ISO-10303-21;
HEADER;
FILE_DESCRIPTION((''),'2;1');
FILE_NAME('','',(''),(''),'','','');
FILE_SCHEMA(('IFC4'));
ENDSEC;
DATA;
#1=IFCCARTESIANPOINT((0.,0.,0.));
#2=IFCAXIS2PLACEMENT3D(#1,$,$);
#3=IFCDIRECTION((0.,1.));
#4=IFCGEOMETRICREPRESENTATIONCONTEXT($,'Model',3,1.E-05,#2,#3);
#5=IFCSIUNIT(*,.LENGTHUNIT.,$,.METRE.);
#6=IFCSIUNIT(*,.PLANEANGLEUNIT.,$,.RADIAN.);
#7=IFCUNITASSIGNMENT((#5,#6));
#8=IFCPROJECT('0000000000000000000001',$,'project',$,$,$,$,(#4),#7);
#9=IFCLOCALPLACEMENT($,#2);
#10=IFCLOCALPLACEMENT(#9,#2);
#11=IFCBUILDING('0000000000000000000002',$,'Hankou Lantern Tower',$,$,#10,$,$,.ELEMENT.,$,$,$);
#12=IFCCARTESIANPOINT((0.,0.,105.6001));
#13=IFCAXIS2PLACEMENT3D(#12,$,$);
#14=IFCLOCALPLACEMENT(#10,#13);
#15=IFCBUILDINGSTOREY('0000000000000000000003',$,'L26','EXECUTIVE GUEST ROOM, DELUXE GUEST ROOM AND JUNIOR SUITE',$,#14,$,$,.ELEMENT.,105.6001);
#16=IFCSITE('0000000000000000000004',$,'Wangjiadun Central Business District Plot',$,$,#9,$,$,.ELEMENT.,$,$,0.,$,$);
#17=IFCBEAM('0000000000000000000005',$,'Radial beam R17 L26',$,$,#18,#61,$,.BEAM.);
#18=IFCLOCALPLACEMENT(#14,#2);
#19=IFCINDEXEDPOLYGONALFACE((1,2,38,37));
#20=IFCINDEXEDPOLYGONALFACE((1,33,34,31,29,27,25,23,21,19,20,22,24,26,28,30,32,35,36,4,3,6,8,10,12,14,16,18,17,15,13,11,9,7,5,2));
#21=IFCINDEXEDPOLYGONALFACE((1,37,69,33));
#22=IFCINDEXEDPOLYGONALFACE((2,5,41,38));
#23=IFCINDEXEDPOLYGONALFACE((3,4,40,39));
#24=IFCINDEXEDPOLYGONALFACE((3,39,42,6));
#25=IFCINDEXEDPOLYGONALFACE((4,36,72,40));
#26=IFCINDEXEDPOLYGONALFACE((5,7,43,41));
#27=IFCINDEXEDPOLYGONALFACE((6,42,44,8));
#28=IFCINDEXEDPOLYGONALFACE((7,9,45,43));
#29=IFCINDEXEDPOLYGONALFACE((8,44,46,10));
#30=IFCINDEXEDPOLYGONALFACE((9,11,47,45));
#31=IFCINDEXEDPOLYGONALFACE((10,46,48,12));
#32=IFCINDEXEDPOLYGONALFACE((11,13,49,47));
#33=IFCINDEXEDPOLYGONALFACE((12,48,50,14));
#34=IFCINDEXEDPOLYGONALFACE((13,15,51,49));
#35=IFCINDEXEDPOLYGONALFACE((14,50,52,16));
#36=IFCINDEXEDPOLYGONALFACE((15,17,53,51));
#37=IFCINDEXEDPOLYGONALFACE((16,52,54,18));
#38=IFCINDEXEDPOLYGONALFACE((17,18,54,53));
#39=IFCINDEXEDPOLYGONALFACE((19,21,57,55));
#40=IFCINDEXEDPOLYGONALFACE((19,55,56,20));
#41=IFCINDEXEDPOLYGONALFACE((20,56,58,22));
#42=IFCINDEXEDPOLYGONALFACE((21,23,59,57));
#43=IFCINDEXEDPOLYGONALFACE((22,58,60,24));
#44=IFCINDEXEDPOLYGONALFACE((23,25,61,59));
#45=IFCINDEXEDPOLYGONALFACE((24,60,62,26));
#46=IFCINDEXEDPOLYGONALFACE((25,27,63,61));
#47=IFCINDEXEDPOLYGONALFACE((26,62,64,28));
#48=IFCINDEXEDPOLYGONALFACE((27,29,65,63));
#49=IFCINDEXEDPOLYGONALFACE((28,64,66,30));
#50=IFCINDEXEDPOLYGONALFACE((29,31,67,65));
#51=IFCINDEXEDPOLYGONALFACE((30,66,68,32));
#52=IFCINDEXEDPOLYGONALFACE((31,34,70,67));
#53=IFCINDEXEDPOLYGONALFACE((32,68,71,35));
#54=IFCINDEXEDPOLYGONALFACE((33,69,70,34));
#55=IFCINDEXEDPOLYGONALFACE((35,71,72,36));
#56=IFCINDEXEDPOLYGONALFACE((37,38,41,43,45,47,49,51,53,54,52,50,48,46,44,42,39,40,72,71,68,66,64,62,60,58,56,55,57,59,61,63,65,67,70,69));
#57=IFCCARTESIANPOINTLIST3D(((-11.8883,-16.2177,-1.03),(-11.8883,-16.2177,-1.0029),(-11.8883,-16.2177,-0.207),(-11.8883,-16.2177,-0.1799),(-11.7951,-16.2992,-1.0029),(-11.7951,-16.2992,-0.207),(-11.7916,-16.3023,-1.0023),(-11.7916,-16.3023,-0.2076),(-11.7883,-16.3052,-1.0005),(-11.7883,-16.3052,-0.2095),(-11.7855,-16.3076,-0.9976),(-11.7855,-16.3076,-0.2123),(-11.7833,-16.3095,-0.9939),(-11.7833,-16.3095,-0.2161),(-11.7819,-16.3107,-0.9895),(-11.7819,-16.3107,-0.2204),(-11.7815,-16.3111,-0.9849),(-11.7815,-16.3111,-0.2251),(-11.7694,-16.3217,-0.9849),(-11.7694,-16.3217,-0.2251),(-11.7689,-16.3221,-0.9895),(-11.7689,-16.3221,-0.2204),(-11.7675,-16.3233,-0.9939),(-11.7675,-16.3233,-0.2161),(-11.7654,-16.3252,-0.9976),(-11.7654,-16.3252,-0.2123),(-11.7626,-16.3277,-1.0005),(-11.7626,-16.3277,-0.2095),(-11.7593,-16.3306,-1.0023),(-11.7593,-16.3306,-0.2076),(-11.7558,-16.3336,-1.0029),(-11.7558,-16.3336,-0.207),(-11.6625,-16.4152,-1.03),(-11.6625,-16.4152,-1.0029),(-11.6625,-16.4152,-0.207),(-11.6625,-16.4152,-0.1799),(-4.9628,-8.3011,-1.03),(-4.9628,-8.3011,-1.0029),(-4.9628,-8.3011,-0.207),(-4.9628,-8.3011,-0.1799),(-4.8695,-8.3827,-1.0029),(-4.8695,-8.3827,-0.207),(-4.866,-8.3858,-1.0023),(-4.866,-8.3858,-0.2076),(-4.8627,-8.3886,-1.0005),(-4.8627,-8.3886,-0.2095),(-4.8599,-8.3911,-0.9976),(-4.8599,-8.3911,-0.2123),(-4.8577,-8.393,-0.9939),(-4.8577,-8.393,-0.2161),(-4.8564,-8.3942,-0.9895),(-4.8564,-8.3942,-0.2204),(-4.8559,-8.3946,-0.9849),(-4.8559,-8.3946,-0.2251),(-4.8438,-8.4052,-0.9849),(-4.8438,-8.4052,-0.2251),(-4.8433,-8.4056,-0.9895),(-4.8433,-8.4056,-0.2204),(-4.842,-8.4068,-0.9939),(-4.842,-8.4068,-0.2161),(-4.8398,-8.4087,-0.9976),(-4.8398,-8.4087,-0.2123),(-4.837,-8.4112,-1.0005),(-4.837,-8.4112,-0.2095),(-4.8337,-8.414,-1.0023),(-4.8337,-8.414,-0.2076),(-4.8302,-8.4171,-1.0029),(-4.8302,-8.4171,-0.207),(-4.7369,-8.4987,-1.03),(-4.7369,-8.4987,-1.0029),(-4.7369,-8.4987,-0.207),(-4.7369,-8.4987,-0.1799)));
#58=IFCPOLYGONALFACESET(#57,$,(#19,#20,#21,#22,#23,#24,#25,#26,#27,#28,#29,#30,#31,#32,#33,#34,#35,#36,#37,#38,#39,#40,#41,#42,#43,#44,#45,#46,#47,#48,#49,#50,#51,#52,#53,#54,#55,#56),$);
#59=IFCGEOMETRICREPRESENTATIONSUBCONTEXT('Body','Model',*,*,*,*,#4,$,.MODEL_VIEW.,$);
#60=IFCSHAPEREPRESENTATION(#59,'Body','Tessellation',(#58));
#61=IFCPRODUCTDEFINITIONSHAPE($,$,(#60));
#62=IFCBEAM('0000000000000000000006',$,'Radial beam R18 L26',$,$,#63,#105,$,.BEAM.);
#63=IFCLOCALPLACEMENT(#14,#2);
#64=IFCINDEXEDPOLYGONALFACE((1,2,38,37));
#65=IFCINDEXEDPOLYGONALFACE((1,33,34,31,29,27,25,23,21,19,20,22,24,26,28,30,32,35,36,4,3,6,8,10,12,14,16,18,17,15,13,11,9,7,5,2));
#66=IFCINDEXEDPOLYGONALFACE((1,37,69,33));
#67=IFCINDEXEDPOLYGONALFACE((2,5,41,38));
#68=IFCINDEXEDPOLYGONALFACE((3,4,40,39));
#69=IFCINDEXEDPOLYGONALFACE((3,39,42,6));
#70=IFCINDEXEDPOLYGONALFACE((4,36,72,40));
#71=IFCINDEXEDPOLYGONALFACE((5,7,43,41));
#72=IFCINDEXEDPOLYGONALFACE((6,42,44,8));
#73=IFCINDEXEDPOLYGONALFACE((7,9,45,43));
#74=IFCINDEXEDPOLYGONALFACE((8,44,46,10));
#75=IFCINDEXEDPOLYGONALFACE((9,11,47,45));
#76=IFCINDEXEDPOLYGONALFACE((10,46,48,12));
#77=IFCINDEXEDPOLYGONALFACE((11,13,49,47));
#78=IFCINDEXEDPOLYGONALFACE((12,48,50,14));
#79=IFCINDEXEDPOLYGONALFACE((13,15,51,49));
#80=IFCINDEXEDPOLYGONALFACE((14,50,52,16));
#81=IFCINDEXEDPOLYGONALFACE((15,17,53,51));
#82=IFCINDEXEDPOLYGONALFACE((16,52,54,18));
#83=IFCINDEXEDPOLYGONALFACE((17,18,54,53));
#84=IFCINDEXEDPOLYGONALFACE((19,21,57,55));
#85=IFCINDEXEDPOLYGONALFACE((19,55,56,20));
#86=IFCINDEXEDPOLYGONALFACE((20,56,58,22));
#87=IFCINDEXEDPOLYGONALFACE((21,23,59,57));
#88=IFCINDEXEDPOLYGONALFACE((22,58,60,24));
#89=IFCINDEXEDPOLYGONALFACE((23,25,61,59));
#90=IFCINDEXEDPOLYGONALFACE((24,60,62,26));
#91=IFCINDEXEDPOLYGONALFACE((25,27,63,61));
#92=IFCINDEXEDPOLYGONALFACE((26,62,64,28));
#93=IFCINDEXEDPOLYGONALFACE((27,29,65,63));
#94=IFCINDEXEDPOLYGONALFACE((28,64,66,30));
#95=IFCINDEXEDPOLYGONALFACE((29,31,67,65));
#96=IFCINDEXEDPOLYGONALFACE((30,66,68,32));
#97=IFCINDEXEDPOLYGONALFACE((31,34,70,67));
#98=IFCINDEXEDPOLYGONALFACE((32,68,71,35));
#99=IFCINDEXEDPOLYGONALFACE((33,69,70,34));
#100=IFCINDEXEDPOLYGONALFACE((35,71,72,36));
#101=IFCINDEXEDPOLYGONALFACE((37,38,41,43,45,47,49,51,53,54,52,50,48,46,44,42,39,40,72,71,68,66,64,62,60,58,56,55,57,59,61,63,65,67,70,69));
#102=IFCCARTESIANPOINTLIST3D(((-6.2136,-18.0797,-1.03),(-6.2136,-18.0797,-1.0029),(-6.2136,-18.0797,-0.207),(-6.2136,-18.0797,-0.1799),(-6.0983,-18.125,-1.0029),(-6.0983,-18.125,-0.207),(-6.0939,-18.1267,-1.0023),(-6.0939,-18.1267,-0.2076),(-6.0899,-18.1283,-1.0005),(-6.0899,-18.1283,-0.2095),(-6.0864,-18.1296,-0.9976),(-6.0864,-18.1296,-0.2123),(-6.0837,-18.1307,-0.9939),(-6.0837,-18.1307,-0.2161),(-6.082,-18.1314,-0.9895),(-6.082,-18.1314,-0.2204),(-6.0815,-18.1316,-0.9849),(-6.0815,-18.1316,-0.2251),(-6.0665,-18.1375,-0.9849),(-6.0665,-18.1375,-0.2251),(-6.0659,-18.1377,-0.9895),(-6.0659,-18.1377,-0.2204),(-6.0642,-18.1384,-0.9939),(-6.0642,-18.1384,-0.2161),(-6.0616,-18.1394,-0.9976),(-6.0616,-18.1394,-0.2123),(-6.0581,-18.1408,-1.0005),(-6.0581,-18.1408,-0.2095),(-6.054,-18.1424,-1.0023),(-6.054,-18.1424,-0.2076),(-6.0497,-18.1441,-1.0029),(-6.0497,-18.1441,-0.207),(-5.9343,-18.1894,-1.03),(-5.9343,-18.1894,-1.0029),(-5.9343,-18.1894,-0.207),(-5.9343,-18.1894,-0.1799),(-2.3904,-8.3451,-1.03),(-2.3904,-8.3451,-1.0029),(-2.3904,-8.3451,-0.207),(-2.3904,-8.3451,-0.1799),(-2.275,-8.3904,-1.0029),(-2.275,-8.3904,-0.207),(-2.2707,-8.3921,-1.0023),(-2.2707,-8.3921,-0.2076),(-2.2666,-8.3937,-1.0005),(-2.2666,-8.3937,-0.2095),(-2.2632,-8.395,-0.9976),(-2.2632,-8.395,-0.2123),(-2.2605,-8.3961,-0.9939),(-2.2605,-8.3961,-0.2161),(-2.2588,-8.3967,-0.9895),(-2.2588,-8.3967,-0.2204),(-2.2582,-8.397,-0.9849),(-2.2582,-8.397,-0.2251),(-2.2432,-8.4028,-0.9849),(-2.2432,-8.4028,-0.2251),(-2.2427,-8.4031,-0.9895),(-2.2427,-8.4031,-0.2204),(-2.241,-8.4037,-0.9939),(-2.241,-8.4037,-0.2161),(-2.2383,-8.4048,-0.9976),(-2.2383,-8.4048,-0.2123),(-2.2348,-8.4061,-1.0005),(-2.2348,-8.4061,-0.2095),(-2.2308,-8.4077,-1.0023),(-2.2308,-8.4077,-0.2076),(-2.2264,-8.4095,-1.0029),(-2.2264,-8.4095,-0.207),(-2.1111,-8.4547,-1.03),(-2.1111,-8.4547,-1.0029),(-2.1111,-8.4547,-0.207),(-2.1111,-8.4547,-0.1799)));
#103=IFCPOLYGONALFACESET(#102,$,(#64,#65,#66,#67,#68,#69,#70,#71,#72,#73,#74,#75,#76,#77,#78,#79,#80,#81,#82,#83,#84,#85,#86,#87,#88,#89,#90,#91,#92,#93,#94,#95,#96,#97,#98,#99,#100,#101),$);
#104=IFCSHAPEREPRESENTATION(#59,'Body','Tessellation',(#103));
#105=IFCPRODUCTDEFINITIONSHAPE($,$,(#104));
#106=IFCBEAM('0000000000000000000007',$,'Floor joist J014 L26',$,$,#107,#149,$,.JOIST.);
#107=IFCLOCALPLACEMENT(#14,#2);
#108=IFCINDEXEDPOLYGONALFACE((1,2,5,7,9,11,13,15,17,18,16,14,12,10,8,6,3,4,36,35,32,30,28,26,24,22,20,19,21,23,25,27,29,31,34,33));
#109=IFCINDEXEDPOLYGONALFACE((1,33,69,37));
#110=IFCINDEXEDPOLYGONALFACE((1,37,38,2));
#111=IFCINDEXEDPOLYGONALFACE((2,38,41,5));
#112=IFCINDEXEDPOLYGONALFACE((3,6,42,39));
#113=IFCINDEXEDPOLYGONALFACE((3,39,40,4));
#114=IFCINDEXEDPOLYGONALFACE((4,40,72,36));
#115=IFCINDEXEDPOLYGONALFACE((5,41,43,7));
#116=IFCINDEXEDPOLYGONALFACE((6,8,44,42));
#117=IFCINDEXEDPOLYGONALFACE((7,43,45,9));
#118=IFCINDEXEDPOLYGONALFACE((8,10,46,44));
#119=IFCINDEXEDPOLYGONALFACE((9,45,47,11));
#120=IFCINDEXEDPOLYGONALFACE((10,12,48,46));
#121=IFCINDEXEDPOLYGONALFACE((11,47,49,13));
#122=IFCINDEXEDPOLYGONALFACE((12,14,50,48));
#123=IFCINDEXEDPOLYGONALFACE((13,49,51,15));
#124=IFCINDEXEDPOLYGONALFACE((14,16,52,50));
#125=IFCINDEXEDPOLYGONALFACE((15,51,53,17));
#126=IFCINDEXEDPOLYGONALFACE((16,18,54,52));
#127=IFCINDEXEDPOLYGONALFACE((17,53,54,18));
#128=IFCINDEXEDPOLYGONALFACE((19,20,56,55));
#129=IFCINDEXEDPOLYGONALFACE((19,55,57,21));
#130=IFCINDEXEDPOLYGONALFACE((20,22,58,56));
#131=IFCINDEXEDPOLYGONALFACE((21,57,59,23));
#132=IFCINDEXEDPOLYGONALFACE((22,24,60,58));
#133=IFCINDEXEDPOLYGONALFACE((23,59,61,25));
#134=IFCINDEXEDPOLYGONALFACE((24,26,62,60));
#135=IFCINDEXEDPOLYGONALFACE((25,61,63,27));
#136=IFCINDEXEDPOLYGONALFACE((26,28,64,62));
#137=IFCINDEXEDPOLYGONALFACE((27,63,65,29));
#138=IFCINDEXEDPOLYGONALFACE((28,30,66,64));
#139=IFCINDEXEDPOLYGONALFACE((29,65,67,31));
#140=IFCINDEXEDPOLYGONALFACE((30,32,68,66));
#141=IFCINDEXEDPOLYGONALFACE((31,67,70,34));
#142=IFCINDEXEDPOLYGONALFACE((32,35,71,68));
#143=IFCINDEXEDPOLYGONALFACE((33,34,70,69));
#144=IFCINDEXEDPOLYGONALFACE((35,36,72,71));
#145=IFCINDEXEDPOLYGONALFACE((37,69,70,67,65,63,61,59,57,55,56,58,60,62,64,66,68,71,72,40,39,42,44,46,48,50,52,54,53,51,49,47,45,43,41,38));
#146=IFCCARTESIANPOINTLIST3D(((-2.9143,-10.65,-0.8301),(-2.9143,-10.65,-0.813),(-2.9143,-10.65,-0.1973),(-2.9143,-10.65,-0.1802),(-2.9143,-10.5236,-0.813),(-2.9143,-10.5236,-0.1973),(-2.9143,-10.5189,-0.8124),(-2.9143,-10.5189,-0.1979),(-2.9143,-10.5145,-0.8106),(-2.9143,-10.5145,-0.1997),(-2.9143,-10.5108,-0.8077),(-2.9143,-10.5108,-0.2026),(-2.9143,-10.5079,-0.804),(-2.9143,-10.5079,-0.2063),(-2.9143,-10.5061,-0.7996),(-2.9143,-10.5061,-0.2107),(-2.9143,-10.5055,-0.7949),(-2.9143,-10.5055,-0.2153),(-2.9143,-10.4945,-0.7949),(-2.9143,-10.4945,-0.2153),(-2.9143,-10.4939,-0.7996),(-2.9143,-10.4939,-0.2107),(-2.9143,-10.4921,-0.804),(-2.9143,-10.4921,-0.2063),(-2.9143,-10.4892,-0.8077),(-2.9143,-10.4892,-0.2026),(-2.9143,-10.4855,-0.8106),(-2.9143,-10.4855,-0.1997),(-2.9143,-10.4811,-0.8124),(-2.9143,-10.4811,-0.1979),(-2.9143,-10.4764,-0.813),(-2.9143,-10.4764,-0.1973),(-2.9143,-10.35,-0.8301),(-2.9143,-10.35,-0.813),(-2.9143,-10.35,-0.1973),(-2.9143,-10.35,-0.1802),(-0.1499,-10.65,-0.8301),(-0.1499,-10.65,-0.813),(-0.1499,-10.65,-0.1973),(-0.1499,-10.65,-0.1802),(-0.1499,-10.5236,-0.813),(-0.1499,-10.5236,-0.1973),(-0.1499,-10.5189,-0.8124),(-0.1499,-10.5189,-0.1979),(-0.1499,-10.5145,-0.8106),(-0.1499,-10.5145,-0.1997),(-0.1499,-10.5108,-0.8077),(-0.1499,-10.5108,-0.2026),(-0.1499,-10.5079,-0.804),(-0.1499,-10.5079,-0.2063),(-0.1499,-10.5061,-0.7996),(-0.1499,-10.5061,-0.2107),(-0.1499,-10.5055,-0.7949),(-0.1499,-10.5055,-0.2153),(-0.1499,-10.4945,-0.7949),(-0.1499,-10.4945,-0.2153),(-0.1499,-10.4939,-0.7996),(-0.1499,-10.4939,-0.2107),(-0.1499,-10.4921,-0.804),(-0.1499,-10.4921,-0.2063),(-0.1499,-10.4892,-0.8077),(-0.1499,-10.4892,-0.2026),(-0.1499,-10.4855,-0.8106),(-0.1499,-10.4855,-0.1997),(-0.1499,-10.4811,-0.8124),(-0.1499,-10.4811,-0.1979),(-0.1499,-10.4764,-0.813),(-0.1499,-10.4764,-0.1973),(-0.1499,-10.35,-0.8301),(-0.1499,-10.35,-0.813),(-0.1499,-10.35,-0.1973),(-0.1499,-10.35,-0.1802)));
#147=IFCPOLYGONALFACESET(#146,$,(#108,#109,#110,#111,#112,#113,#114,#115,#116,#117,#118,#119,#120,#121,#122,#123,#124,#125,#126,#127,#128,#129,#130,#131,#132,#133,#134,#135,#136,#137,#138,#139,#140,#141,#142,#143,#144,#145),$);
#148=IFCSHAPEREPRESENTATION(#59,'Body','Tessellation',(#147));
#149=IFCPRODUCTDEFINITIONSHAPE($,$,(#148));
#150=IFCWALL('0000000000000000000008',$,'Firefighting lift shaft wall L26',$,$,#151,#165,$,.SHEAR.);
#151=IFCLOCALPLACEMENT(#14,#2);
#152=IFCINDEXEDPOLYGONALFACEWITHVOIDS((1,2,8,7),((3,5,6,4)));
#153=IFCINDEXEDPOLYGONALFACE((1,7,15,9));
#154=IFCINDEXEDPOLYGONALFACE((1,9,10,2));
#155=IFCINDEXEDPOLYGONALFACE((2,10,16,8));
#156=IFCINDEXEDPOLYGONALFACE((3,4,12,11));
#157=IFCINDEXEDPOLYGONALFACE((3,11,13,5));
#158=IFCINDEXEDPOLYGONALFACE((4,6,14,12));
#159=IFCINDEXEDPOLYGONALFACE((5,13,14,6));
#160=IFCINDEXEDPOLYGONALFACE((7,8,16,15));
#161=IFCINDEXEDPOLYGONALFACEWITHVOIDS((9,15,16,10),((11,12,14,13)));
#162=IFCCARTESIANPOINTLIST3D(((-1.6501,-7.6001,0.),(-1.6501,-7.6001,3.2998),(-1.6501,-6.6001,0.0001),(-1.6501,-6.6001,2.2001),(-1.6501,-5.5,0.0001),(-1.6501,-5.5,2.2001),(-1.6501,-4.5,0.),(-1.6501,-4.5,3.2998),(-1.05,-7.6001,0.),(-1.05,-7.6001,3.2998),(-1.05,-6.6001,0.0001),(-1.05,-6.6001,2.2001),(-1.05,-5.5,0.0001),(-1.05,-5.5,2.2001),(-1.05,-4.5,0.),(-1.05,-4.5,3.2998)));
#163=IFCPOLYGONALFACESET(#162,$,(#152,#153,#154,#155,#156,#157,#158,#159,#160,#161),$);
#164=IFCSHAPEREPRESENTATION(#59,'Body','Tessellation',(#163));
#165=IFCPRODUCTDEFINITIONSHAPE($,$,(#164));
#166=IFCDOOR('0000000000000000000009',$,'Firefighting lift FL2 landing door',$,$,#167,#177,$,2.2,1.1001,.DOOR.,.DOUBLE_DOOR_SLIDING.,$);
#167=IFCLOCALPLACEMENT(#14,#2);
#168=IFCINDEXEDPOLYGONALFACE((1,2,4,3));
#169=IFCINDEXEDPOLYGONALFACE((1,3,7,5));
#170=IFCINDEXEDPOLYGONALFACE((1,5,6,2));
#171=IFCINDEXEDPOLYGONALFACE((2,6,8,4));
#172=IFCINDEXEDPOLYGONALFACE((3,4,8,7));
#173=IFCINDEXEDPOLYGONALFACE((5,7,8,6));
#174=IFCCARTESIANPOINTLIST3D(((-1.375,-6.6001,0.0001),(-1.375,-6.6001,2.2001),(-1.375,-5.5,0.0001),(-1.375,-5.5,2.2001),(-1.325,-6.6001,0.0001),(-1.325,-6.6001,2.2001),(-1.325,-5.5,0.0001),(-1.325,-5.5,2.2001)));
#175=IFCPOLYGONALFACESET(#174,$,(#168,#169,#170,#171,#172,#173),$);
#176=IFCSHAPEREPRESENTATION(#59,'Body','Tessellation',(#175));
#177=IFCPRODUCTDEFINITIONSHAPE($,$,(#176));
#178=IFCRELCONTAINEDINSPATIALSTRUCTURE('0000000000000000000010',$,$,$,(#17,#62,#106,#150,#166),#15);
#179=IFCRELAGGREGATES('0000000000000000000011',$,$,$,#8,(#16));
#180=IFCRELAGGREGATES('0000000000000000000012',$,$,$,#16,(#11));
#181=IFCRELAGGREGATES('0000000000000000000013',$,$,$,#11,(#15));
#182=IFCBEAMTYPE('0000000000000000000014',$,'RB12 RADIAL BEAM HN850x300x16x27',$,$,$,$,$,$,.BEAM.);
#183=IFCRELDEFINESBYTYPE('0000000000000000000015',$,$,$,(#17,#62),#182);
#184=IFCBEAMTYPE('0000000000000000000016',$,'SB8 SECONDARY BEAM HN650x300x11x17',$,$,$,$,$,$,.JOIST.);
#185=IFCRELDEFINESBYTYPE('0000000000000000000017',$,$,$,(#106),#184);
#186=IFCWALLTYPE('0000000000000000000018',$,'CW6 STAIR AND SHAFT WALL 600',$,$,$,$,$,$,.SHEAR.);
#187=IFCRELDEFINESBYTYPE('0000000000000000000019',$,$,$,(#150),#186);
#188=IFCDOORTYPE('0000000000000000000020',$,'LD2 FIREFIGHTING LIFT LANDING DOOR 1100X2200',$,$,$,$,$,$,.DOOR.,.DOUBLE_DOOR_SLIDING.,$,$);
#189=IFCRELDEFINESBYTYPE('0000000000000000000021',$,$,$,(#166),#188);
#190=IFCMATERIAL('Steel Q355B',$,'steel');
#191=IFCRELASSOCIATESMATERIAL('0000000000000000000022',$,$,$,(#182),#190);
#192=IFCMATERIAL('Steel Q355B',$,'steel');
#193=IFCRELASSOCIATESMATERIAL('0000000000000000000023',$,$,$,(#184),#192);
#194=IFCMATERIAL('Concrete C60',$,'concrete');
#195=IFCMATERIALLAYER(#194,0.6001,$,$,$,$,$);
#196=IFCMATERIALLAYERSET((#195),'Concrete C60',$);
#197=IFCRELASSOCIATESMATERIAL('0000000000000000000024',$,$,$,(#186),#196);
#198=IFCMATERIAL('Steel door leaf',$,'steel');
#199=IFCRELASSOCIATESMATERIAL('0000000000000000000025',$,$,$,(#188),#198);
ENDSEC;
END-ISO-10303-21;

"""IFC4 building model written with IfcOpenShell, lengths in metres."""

from ifc_helpers import new_model, si_unit, direction, frame, frame_2d, origin, origin_2d, place, context, subcontext, project, spatial, rectangle, i_section, extrude, material, layer, layer_set, material_profile, profile_set, type_object, element, fill, save


model = new_model("IFC4")

# Units and contexts
model_context = context("Model", 3, precision=1e-05, world=origin(), true_north=direction((0.0, 1.0)))
body_context = subcontext(model_context, "Body", "Model", "MODEL_VIEW")
ifc_project = project(units=[si_unit("LENGTHUNIT", "METRE"), si_unit("PLANEANGLEUNIT", "RADIAN")], contexts=[model_context])

# Site, building, storey
site_placement = place(None, origin())
site = spatial("IfcSite", under=ifc_project, at=site_placement, Name="Wangjiadun Central Business District Plot", CompositionType="ELEMENT", RefElevation=0.0)
building_placement = place(site_placement, origin())
building = spatial("IfcBuilding", under=site, at=building_placement, Name="Hankou Lantern Tower", CompositionType="ELEMENT")
storey_placement = place(building_placement, frame((0.0, 0.0, 105.6001)))
storey = spatial("IfcBuildingStorey", under=building, at=storey_placement, Name="L26", Description="EXECUTIVE GUEST ROOM, DELUXE GUEST ROOM AND JUNIOR SUITE", CompositionType="ELEMENT", Elevation=105.6001)

# Beams
ifc_material_1 = material(Name="Steel Q355B", Category="steel")
ifc_material_profile_1 = material_profile(ifc_material_1, i_section(OverallWidth=0.3, OverallDepth=0.8501, WebThickness=0.0161, FlangeThickness=0.0271, FilletRadius=0.0181, at=origin_2d()), Name="HN850x300x16x27")
ifc_profile_set_1 = profile_set([ifc_material_profile_1], Name="Steel Q355B")
beam_type_1 = type_object("IfcBeamType", Name="RB12 RADIAL BEAM HN850x300x16x27", PredefinedType="BEAM", material=ifc_profile_set_1)
beam_1_placement = place(storey_placement, frame((-4.8499, -8.3999, -0.605), z_axis=(-0.658429, -0.752643, 0.0), x_axis=(0.752643, -0.658429, 0.0)))
element("IfcBeam", 1, at=beam_1_placement, inside=storey, type_object=beam_type_1, Name="Radial beam R17 L26", PredefinedType="BEAM", context=body_context, shape_type="SweptSolid", body=[
    extrude(i_section(OverallWidth=0.3, OverallDepth=0.8501, WebThickness=0.0161, FlangeThickness=0.0271, FilletRadius=0.0181, at=origin_2d()), origin(), (0.0, 0.0, 1.0), 10.5183),
])
beam_2_placement = place(storey_placement, frame((-2.2507, -8.3999, -0.605), z_axis=(-0.365564, -0.930786, 0.0), x_axis=(0.930786, -0.365564, 0.0)))
element("IfcBeam", 2, at=beam_2_placement, inside=storey, type_object=beam_type_1, Name="Radial beam R18 L26", PredefinedType="BEAM", context=body_context, shape_type="SweptSolid", body=[
    extrude(i_section(OverallWidth=0.3, OverallDepth=0.8501, WebThickness=0.0161, FlangeThickness=0.0271, FilletRadius=0.0181, at=origin_2d()), origin(), (0.0, 0.0, 1.0), 10.4585),
])
ifc_material_2 = material(Name="Steel Q355B", Category="steel")
ifc_material_profile_2 = material_profile(ifc_material_2, i_section(OverallWidth=0.3, OverallDepth=0.6499, WebThickness=0.011, FlangeThickness=0.0171, FilletRadius=0.0181, at=origin_2d()), Name="HN650x300x11x17")
ifc_profile_set_2 = profile_set([ifc_material_profile_2], Name="Steel Q355B")
beam_type_2 = type_object("IfcBeamType", Name="SB8 SECONDARY BEAM HN650x300x11x17", PredefinedType="JOIST", material=ifc_profile_set_2)
beam_3_placement = place(storey_placement, frame((-2.9143, -10.5, -0.5051), z_axis=(1.0, 0.0, 0.0), x_axis=(0.0, 1.0, 0.0)))
element("IfcBeam", 3, at=beam_3_placement, inside=storey, type_object=beam_type_2, Name="Floor joist J014 L26", PredefinedType="JOIST", context=body_context, shape_type="SweptSolid", body=[
    extrude(i_section(OverallWidth=0.3, OverallDepth=0.6499, WebThickness=0.011, FlangeThickness=0.0171, FilletRadius=0.0181, at=origin_2d()), origin(), (0.0, 0.0, 1.0), 2.7644),
])

# Wall, opening, door
ifc_material_3 = material(Name="Concrete C60", Category="concrete")
ifc_layer_1 = layer(ifc_material_3, 0.6001)
ifc_layer_set_1 = layer_set([ifc_layer_1], Name="Concrete C60")
wall_type_1 = type_object("IfcWallType", Name="CW6 STAIR AND SHAFT WALL 600", PredefinedType="SHEAR", material=ifc_layer_set_1)
wall_1_placement = place(storey_placement, frame((-1.3501, -7.6001, 0.0), z_axis=(0.0, 0.0, 1.0), x_axis=(0.0, 1.0, 0.0)))
wall_1 = element("IfcWall", 4, at=wall_1_placement, inside=storey, type_object=wall_type_1, Name="Firefighting lift shaft wall L26", PredefinedType="SHEAR", context=body_context, shape_type="SweptSolid", body=[
    extrude(rectangle(XDim=3.1001, YDim=0.6001, at=frame_2d((1.55, 0.0))), origin(), (0.0, 0.0, 1.0), 3.2998),
])
opening_1_placement = place(wall_1_placement, frame((1.0, 0.0, 0.0)))
opening_1 = element("IfcOpeningElement", 5, at=opening_1_placement, cuts=wall_1, PredefinedType="OPENING", context=body_context, shape_type="SweptSolid", body=[
    extrude(rectangle(XDim=1.1001, YDim=2.2, at=frame_2d((0.55, 1.1001))), frame((0.0, 0.3101, 0.0), z_axis=(0.0, -1.0, 0.0), x_axis=(1.0, 0.0, 0.0)), (0.0, 0.0, 1.0), 0.6201),
])
ifc_material_4 = material(Name="Steel door leaf", Category="steel")
door_type_1 = type_object("IfcDoorType", Name="LD2 FIREFIGHTING LIFT LANDING DOOR 1100X2200", OperationType="DOUBLE_DOOR_SLIDING", PredefinedType="DOOR", material=ifc_material_4)
door_1_placement = place(opening_1_placement, origin())
door_1 = element("IfcDoor", 6, at=door_1_placement, inside=storey, type_object=door_type_1, Name="Firefighting lift FL2 landing door", OperationType="DOUBLE_DOOR_SLIDING", OverallHeight=2.2, OverallWidth=1.1001, PredefinedType="DOOR", context=body_context, shape_type="SweptSolid", body=[
    extrude(rectangle(XDim=1.1001, YDim=2.2, at=frame_2d((0.55, 1.1001))), frame((0.0, 0.0249, 0.0), z_axis=(0.0, -1.0, 0.0), x_axis=(1.0, 0.0, 0.0)), (0.0, 0.0, 1.0), 0.05),
])
fill(opening_1, door_1)

save(model, "model.ifc")
